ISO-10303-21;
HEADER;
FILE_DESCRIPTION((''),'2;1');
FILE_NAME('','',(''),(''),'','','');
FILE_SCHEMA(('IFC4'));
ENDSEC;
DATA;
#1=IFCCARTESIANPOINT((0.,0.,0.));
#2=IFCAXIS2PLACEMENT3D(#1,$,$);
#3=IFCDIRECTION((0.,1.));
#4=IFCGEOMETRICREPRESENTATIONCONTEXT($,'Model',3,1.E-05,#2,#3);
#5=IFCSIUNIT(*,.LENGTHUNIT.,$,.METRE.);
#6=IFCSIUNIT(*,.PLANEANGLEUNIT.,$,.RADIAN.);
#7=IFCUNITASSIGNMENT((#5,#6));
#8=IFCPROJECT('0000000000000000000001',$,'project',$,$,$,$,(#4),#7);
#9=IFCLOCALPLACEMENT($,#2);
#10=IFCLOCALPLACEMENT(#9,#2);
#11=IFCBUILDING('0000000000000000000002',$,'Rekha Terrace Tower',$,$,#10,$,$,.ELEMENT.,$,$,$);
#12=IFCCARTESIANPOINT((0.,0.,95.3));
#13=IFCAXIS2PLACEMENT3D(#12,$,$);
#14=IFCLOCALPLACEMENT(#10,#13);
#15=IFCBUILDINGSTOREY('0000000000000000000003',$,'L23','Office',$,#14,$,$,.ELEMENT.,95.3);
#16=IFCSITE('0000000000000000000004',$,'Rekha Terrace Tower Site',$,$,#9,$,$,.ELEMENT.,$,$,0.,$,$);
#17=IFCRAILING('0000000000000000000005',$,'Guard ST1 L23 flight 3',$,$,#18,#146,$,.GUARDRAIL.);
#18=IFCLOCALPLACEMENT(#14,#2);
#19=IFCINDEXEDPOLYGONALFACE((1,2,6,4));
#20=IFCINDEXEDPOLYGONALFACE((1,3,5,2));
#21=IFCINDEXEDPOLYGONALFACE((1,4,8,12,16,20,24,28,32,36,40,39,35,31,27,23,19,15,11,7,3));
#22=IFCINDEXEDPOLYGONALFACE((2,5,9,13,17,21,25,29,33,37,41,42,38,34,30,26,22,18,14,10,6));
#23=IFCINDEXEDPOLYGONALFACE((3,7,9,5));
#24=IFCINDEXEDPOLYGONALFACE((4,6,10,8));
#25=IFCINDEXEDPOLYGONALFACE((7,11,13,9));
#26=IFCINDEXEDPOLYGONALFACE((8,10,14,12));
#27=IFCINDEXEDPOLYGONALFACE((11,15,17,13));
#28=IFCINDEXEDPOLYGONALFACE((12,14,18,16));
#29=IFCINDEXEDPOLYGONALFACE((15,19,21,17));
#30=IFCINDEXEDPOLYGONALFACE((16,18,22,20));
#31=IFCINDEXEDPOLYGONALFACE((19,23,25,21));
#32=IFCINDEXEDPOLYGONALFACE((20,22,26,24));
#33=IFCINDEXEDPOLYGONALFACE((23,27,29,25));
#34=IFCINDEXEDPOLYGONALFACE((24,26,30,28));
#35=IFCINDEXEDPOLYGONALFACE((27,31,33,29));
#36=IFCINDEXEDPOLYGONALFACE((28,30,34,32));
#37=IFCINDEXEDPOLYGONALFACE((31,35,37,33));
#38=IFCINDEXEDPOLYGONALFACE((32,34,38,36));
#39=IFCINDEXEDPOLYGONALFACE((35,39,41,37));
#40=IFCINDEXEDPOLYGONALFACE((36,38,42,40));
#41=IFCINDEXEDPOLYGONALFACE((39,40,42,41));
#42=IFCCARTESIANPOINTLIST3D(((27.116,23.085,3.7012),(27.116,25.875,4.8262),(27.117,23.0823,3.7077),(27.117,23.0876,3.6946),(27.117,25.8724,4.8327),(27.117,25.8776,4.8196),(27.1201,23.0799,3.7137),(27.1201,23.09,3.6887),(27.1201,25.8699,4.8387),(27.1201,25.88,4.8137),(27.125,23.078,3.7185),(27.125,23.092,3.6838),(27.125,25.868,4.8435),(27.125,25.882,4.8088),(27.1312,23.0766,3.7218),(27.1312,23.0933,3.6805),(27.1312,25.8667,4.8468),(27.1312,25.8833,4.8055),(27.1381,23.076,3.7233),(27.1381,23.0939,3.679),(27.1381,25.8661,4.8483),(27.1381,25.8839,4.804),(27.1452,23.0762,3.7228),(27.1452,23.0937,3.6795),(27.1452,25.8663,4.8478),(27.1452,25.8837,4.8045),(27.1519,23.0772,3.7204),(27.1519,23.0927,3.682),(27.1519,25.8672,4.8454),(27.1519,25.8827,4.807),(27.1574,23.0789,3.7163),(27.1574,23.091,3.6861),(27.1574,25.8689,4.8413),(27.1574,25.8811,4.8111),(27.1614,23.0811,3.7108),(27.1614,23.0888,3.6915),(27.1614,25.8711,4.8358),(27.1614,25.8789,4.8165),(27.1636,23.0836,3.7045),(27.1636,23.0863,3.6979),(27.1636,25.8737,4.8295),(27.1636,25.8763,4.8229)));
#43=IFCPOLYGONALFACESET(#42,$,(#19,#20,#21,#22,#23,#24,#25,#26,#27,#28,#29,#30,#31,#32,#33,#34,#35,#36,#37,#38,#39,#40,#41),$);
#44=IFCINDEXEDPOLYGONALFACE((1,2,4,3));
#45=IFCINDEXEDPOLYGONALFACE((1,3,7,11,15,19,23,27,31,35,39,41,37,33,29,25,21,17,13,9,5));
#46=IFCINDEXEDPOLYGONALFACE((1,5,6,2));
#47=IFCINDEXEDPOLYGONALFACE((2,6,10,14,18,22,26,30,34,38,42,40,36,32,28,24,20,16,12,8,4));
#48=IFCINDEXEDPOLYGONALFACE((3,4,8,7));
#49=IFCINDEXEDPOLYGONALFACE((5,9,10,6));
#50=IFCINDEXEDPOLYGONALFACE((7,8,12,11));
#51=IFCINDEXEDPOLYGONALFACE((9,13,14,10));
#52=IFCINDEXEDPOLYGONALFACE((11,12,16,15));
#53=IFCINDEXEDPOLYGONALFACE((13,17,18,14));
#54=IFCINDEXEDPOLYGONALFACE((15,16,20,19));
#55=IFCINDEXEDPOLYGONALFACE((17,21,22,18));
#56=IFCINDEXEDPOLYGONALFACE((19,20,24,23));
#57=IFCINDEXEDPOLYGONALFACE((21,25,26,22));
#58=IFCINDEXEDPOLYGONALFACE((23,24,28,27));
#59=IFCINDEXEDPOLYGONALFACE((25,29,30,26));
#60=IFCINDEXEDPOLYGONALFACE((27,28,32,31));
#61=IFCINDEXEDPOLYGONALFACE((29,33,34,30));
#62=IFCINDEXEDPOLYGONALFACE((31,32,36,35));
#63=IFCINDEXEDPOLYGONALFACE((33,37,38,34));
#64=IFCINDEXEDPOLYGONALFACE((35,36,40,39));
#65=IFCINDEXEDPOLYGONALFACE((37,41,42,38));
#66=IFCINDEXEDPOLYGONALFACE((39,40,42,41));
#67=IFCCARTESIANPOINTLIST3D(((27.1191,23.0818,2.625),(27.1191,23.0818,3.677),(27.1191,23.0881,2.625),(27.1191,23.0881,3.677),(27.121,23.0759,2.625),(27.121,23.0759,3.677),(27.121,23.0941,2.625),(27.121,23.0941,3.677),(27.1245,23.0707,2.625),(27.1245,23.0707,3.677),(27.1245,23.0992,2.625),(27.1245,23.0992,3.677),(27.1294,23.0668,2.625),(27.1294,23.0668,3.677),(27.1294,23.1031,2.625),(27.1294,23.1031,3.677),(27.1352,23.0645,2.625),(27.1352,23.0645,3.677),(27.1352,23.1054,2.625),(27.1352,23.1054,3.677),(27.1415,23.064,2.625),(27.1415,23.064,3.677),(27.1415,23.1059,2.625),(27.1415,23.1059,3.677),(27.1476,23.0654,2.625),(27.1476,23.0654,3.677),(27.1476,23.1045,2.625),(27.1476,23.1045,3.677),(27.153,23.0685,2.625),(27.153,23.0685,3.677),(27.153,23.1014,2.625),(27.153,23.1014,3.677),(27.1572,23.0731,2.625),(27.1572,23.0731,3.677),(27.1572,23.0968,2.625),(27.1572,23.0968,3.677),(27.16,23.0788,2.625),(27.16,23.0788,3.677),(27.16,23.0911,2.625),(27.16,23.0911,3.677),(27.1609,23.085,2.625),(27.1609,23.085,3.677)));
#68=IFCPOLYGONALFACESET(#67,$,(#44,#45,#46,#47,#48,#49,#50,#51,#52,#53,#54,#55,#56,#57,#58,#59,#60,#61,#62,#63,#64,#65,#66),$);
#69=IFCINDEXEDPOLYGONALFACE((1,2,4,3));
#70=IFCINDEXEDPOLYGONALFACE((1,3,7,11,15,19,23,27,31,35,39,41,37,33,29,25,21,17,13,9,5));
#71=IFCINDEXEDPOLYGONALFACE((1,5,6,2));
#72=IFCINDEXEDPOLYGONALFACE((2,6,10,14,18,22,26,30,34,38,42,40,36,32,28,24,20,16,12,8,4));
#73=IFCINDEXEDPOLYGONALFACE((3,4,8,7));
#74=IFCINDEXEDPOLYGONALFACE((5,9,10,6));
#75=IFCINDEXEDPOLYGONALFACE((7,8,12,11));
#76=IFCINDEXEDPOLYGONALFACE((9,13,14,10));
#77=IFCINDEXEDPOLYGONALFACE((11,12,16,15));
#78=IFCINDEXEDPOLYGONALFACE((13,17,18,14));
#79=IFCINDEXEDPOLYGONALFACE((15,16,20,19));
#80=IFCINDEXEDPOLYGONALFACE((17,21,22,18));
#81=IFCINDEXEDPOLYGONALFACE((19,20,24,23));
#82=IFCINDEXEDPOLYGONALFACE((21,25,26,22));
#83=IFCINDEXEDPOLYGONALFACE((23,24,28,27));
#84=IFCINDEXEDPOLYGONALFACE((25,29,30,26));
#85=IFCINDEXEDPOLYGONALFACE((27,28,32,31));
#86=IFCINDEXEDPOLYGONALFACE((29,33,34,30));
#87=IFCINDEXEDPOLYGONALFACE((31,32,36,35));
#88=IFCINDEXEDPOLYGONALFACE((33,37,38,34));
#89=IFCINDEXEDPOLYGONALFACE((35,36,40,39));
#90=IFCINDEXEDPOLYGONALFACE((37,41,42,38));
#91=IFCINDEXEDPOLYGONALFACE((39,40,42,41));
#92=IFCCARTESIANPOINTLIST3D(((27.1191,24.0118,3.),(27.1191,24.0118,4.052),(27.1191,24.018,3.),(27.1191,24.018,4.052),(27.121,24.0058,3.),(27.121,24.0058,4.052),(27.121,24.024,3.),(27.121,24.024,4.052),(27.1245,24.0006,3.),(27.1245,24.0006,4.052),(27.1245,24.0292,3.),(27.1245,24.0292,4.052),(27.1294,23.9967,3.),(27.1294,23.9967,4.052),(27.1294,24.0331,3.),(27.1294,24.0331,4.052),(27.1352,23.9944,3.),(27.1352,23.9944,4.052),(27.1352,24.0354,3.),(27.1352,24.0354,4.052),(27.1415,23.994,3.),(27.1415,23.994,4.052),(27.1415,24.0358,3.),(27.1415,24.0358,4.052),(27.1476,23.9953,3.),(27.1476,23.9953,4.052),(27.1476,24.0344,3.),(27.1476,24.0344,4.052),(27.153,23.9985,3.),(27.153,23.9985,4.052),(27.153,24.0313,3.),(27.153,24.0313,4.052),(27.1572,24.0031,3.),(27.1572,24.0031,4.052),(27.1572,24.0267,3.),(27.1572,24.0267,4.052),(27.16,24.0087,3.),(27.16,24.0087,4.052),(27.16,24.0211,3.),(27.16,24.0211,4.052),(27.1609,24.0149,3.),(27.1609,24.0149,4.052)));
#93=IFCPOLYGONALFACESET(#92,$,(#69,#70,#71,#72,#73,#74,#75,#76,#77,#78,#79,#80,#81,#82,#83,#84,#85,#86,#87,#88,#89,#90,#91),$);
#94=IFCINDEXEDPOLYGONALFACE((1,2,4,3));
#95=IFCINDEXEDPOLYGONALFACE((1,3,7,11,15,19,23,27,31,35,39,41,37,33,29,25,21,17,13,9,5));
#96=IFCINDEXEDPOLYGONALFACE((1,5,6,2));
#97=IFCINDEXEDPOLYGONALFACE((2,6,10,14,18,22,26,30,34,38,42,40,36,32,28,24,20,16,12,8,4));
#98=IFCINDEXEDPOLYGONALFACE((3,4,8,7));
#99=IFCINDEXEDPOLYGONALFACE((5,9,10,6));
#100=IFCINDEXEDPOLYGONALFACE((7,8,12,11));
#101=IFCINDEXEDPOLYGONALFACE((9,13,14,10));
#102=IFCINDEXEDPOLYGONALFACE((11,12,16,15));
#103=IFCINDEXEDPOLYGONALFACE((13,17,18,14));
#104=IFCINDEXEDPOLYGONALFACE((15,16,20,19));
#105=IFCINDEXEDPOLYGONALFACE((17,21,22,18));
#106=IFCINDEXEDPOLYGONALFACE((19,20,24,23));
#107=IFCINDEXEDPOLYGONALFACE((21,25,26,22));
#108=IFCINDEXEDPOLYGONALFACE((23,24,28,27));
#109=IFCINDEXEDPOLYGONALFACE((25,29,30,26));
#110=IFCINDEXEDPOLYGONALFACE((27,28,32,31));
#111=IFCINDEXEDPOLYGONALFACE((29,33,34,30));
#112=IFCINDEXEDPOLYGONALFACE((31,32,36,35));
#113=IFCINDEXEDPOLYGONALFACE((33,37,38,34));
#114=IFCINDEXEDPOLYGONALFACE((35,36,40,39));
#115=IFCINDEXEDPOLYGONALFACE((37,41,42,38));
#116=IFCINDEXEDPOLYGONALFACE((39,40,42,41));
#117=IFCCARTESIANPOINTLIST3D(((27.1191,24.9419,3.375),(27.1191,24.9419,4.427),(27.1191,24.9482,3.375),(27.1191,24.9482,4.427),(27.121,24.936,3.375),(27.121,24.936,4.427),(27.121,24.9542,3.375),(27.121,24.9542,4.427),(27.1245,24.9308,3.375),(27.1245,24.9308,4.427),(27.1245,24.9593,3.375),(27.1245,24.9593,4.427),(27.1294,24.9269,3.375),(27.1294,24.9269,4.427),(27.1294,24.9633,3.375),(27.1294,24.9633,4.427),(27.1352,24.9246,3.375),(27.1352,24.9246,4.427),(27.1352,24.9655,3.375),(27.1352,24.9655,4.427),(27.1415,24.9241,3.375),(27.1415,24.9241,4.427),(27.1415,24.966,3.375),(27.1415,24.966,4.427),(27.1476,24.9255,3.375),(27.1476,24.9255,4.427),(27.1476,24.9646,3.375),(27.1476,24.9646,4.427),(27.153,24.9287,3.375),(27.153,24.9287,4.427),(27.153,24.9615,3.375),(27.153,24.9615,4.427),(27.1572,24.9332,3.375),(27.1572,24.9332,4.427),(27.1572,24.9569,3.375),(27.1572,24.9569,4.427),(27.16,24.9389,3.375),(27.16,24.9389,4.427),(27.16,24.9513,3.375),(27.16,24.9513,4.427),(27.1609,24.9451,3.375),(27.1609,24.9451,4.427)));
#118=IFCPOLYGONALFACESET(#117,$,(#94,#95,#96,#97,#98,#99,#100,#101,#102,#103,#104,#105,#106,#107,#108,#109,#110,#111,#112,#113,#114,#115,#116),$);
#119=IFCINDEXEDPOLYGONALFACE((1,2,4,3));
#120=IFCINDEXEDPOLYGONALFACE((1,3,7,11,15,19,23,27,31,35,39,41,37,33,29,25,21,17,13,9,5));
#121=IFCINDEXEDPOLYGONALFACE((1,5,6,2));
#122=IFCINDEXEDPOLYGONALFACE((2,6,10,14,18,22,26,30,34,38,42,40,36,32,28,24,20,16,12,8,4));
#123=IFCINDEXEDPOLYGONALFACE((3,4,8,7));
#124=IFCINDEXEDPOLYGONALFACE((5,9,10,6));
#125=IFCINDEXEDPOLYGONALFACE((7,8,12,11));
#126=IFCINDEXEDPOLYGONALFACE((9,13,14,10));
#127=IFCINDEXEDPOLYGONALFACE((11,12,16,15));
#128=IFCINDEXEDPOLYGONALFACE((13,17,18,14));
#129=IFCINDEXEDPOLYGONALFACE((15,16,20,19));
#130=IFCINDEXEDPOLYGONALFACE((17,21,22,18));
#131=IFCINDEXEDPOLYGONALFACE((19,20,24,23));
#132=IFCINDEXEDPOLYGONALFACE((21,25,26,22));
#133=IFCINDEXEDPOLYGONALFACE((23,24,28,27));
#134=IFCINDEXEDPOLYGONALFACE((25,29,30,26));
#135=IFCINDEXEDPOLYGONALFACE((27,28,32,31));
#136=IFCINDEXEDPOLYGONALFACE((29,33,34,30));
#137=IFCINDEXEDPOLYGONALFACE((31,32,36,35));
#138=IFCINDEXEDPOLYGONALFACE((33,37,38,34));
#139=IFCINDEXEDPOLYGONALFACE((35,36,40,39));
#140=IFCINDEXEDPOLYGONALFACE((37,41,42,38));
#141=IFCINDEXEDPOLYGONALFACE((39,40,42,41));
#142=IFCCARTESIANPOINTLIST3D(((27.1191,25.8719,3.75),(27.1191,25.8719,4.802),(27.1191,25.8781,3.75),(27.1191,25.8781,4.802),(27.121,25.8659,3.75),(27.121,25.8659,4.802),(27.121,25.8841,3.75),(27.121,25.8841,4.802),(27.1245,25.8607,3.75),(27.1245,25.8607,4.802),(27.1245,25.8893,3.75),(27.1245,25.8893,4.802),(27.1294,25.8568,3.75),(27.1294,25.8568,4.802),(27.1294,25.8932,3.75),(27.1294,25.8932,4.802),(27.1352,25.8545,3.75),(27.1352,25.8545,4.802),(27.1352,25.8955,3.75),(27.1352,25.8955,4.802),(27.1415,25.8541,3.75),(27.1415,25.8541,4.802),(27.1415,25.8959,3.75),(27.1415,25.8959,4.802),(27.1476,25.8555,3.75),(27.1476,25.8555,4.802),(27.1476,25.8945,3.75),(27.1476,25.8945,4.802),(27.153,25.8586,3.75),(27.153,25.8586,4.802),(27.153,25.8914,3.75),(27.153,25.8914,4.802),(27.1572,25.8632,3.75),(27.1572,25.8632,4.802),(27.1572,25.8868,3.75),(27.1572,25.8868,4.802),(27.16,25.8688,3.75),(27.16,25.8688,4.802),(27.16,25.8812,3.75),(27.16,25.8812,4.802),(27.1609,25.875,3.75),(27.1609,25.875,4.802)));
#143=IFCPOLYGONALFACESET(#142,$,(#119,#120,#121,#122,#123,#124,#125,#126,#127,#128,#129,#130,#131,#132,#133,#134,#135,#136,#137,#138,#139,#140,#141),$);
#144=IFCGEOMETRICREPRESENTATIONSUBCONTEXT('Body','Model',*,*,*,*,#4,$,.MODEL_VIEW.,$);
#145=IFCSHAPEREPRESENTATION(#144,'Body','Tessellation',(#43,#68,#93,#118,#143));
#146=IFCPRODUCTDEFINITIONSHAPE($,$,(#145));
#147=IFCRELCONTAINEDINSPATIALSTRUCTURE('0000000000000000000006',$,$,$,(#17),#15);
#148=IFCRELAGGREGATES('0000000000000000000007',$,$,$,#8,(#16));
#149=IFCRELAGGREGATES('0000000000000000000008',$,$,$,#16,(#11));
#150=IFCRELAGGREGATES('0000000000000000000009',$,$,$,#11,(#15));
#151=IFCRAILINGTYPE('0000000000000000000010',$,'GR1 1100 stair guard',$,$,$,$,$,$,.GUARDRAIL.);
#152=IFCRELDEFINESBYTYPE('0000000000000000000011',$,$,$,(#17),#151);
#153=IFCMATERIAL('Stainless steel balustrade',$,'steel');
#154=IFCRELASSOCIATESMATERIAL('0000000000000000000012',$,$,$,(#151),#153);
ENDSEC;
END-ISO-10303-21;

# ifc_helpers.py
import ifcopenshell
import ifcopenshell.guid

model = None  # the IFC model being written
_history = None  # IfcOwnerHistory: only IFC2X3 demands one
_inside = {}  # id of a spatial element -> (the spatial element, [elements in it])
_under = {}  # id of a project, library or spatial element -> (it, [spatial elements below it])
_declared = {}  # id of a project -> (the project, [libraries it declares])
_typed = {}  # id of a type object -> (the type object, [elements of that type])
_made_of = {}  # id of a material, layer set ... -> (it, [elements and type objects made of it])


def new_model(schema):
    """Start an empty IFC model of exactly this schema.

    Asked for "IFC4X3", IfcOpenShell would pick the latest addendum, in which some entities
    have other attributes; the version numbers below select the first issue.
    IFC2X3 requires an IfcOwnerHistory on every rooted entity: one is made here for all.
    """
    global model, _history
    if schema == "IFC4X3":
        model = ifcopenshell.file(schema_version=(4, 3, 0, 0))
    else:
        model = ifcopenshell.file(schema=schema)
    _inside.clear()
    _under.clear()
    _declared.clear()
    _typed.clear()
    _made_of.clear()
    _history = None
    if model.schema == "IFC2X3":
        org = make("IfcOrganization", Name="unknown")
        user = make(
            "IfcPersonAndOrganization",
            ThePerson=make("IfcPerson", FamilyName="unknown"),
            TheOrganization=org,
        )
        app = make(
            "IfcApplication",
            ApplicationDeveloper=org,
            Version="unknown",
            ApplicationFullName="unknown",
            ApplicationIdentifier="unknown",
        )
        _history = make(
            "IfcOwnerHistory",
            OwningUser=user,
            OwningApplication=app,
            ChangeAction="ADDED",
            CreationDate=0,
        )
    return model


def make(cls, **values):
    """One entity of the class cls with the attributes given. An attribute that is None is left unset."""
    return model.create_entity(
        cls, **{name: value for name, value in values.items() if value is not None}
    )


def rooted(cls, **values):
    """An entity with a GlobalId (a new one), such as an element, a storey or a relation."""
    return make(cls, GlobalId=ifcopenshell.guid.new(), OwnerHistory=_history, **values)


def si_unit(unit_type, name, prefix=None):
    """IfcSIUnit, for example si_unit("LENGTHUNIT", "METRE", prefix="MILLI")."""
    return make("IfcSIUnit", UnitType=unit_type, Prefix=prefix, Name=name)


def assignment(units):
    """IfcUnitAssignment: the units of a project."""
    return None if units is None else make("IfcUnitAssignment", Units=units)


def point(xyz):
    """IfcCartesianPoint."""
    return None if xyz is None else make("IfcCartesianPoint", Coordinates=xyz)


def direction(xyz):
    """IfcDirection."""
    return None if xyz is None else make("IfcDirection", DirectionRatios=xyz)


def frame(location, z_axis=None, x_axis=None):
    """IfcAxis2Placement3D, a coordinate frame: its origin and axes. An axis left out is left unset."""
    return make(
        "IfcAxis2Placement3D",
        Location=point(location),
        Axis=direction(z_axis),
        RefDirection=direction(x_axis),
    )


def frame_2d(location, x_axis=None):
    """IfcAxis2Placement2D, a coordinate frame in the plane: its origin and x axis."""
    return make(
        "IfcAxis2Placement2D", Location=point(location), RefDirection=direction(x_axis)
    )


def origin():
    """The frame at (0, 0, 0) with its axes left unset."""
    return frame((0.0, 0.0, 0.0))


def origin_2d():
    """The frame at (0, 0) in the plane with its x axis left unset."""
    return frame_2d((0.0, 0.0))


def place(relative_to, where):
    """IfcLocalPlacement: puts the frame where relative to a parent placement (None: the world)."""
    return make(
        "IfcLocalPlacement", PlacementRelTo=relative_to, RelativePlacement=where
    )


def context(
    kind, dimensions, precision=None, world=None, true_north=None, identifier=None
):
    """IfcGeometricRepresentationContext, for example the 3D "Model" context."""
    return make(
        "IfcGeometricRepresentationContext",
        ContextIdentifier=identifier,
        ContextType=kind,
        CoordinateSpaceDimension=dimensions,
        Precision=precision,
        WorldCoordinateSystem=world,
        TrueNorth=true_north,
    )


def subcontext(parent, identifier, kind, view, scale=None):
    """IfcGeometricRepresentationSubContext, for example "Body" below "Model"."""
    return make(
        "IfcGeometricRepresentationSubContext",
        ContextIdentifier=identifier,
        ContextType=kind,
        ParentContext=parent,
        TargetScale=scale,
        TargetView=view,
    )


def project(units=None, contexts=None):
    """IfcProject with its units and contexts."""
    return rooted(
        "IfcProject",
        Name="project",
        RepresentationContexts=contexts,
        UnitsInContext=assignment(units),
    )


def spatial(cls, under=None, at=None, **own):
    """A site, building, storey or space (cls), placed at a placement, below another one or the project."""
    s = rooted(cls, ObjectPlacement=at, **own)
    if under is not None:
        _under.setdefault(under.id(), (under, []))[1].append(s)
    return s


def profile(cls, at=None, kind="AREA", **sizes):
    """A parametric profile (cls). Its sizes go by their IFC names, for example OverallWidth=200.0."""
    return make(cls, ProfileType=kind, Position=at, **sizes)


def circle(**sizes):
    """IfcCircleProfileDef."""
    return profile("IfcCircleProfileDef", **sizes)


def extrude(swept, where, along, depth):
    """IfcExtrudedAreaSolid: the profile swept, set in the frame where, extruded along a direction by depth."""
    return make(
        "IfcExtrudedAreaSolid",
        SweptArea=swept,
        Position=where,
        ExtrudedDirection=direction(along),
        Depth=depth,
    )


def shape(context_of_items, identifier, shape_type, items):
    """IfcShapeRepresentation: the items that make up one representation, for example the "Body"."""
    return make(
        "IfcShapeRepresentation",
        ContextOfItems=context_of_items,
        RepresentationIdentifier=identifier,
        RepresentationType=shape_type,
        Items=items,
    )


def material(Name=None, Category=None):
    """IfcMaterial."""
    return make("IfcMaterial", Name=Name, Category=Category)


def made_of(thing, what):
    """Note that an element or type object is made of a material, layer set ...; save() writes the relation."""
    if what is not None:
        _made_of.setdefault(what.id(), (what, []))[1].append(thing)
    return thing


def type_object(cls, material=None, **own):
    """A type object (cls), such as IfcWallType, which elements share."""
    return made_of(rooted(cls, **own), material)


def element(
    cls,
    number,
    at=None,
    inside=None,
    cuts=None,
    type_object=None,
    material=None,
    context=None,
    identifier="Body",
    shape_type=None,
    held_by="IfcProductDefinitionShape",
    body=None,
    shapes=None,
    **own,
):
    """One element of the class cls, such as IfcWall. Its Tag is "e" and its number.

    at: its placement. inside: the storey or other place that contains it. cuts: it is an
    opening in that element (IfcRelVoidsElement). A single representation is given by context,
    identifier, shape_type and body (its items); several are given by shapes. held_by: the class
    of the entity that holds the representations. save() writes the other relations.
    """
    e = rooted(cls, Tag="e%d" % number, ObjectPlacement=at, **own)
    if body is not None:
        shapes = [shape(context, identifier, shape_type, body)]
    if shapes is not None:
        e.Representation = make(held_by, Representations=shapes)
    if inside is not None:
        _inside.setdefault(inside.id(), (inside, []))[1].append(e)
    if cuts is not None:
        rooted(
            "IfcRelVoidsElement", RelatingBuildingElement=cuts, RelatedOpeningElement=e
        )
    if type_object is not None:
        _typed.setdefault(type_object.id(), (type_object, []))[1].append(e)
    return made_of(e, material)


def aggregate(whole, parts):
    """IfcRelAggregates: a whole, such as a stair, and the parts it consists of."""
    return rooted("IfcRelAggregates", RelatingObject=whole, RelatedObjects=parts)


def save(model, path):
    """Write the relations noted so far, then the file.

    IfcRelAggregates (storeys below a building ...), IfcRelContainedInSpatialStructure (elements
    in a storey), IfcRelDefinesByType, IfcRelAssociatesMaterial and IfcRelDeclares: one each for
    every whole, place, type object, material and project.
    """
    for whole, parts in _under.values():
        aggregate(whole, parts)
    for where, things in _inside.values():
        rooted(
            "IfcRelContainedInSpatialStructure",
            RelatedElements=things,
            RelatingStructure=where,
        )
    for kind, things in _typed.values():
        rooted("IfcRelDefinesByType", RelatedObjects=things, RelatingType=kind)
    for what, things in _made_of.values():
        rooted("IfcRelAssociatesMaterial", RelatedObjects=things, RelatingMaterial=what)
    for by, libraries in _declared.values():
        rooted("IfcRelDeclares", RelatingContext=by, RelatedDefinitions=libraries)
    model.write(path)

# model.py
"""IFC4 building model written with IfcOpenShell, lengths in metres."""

from ifc_helpers import new_model, si_unit, direction, frame, origin, origin_2d, place, context, subcontext, project, spatial, circle, extrude, material, type_object, element, save


model = new_model("IFC4")

# Units and contexts
model_context = context("Model", 3, precision=1e-05, world=origin(), true_north=direction((0.0, 1.0)))
body_context = subcontext(model_context, "Body", "Model", "MODEL_VIEW")
ifc_project = project(units=[si_unit("LENGTHUNIT", "METRE"), si_unit("PLANEANGLEUNIT", "RADIAN")], contexts=[model_context])

# Site, building, storey
site_placement = place(None, origin())
site = spatial("IfcSite", under=ifc_project, at=site_placement, Name="Rekha Terrace Tower Site", CompositionType="ELEMENT", RefElevation=0.0)
building_placement = place(site_placement, origin())
building = spatial("IfcBuilding", under=site, at=building_placement, Name="Rekha Terrace Tower", CompositionType="ELEMENT")
storey_placement = place(building_placement, frame((0.0, 0.0, 95.3)))
storey = spatial("IfcBuildingStorey", under=building, at=storey_placement, Name="L23", Description="Office", CompositionType="ELEMENT", Elevation=95.3)

# Railing
ifc_material_1 = material(Name="Stainless steel balustrade", Category="steel")
railing_type_1 = type_object("IfcRailingType", Name="GR1 1100 stair guard", PredefinedType="GUARDRAIL", material=ifc_material_1)
railing_1_placement = place(storey_placement, frame((27.1399, 23.085, 2.625)))
element("IfcRailing", 1, at=railing_1_placement, inside=storey, type_object=railing_type_1, Name="Guard ST1 L23 flight 3", PredefinedType="GUARDRAIL", context=body_context, shape_type="SweptSolid", body=[
    extrude(circle(Radius=0.0239, at=origin_2d()), frame((0.0, 0.0, 1.0762), z_axis=(0.0, 0.927443, 0.373964), x_axis=(-1.0, 0.0, 0.0)), (0.0, 0.0, 1.0), 3.0083),
    extrude(circle(Radius=0.021, at=origin_2d()), origin(), (0.0, 0.0, 1.0), 1.052),
    extrude(circle(Radius=0.021, at=origin_2d()), frame((0.0, 0.9299, 0.375)), (0.0, 0.0, 1.0), 1.052),
    extrude(circle(Radius=0.021, at=origin_2d()), frame((0.0, 1.8601, 0.75)), (0.0, 0.0, 1.0), 1.052),
    extrude(circle(Radius=0.021, at=origin_2d()), frame((0.0, 2.79, 1.125)), (0.0, 0.0, 1.0), 1.052),
])

save(model, "model.ifc")
